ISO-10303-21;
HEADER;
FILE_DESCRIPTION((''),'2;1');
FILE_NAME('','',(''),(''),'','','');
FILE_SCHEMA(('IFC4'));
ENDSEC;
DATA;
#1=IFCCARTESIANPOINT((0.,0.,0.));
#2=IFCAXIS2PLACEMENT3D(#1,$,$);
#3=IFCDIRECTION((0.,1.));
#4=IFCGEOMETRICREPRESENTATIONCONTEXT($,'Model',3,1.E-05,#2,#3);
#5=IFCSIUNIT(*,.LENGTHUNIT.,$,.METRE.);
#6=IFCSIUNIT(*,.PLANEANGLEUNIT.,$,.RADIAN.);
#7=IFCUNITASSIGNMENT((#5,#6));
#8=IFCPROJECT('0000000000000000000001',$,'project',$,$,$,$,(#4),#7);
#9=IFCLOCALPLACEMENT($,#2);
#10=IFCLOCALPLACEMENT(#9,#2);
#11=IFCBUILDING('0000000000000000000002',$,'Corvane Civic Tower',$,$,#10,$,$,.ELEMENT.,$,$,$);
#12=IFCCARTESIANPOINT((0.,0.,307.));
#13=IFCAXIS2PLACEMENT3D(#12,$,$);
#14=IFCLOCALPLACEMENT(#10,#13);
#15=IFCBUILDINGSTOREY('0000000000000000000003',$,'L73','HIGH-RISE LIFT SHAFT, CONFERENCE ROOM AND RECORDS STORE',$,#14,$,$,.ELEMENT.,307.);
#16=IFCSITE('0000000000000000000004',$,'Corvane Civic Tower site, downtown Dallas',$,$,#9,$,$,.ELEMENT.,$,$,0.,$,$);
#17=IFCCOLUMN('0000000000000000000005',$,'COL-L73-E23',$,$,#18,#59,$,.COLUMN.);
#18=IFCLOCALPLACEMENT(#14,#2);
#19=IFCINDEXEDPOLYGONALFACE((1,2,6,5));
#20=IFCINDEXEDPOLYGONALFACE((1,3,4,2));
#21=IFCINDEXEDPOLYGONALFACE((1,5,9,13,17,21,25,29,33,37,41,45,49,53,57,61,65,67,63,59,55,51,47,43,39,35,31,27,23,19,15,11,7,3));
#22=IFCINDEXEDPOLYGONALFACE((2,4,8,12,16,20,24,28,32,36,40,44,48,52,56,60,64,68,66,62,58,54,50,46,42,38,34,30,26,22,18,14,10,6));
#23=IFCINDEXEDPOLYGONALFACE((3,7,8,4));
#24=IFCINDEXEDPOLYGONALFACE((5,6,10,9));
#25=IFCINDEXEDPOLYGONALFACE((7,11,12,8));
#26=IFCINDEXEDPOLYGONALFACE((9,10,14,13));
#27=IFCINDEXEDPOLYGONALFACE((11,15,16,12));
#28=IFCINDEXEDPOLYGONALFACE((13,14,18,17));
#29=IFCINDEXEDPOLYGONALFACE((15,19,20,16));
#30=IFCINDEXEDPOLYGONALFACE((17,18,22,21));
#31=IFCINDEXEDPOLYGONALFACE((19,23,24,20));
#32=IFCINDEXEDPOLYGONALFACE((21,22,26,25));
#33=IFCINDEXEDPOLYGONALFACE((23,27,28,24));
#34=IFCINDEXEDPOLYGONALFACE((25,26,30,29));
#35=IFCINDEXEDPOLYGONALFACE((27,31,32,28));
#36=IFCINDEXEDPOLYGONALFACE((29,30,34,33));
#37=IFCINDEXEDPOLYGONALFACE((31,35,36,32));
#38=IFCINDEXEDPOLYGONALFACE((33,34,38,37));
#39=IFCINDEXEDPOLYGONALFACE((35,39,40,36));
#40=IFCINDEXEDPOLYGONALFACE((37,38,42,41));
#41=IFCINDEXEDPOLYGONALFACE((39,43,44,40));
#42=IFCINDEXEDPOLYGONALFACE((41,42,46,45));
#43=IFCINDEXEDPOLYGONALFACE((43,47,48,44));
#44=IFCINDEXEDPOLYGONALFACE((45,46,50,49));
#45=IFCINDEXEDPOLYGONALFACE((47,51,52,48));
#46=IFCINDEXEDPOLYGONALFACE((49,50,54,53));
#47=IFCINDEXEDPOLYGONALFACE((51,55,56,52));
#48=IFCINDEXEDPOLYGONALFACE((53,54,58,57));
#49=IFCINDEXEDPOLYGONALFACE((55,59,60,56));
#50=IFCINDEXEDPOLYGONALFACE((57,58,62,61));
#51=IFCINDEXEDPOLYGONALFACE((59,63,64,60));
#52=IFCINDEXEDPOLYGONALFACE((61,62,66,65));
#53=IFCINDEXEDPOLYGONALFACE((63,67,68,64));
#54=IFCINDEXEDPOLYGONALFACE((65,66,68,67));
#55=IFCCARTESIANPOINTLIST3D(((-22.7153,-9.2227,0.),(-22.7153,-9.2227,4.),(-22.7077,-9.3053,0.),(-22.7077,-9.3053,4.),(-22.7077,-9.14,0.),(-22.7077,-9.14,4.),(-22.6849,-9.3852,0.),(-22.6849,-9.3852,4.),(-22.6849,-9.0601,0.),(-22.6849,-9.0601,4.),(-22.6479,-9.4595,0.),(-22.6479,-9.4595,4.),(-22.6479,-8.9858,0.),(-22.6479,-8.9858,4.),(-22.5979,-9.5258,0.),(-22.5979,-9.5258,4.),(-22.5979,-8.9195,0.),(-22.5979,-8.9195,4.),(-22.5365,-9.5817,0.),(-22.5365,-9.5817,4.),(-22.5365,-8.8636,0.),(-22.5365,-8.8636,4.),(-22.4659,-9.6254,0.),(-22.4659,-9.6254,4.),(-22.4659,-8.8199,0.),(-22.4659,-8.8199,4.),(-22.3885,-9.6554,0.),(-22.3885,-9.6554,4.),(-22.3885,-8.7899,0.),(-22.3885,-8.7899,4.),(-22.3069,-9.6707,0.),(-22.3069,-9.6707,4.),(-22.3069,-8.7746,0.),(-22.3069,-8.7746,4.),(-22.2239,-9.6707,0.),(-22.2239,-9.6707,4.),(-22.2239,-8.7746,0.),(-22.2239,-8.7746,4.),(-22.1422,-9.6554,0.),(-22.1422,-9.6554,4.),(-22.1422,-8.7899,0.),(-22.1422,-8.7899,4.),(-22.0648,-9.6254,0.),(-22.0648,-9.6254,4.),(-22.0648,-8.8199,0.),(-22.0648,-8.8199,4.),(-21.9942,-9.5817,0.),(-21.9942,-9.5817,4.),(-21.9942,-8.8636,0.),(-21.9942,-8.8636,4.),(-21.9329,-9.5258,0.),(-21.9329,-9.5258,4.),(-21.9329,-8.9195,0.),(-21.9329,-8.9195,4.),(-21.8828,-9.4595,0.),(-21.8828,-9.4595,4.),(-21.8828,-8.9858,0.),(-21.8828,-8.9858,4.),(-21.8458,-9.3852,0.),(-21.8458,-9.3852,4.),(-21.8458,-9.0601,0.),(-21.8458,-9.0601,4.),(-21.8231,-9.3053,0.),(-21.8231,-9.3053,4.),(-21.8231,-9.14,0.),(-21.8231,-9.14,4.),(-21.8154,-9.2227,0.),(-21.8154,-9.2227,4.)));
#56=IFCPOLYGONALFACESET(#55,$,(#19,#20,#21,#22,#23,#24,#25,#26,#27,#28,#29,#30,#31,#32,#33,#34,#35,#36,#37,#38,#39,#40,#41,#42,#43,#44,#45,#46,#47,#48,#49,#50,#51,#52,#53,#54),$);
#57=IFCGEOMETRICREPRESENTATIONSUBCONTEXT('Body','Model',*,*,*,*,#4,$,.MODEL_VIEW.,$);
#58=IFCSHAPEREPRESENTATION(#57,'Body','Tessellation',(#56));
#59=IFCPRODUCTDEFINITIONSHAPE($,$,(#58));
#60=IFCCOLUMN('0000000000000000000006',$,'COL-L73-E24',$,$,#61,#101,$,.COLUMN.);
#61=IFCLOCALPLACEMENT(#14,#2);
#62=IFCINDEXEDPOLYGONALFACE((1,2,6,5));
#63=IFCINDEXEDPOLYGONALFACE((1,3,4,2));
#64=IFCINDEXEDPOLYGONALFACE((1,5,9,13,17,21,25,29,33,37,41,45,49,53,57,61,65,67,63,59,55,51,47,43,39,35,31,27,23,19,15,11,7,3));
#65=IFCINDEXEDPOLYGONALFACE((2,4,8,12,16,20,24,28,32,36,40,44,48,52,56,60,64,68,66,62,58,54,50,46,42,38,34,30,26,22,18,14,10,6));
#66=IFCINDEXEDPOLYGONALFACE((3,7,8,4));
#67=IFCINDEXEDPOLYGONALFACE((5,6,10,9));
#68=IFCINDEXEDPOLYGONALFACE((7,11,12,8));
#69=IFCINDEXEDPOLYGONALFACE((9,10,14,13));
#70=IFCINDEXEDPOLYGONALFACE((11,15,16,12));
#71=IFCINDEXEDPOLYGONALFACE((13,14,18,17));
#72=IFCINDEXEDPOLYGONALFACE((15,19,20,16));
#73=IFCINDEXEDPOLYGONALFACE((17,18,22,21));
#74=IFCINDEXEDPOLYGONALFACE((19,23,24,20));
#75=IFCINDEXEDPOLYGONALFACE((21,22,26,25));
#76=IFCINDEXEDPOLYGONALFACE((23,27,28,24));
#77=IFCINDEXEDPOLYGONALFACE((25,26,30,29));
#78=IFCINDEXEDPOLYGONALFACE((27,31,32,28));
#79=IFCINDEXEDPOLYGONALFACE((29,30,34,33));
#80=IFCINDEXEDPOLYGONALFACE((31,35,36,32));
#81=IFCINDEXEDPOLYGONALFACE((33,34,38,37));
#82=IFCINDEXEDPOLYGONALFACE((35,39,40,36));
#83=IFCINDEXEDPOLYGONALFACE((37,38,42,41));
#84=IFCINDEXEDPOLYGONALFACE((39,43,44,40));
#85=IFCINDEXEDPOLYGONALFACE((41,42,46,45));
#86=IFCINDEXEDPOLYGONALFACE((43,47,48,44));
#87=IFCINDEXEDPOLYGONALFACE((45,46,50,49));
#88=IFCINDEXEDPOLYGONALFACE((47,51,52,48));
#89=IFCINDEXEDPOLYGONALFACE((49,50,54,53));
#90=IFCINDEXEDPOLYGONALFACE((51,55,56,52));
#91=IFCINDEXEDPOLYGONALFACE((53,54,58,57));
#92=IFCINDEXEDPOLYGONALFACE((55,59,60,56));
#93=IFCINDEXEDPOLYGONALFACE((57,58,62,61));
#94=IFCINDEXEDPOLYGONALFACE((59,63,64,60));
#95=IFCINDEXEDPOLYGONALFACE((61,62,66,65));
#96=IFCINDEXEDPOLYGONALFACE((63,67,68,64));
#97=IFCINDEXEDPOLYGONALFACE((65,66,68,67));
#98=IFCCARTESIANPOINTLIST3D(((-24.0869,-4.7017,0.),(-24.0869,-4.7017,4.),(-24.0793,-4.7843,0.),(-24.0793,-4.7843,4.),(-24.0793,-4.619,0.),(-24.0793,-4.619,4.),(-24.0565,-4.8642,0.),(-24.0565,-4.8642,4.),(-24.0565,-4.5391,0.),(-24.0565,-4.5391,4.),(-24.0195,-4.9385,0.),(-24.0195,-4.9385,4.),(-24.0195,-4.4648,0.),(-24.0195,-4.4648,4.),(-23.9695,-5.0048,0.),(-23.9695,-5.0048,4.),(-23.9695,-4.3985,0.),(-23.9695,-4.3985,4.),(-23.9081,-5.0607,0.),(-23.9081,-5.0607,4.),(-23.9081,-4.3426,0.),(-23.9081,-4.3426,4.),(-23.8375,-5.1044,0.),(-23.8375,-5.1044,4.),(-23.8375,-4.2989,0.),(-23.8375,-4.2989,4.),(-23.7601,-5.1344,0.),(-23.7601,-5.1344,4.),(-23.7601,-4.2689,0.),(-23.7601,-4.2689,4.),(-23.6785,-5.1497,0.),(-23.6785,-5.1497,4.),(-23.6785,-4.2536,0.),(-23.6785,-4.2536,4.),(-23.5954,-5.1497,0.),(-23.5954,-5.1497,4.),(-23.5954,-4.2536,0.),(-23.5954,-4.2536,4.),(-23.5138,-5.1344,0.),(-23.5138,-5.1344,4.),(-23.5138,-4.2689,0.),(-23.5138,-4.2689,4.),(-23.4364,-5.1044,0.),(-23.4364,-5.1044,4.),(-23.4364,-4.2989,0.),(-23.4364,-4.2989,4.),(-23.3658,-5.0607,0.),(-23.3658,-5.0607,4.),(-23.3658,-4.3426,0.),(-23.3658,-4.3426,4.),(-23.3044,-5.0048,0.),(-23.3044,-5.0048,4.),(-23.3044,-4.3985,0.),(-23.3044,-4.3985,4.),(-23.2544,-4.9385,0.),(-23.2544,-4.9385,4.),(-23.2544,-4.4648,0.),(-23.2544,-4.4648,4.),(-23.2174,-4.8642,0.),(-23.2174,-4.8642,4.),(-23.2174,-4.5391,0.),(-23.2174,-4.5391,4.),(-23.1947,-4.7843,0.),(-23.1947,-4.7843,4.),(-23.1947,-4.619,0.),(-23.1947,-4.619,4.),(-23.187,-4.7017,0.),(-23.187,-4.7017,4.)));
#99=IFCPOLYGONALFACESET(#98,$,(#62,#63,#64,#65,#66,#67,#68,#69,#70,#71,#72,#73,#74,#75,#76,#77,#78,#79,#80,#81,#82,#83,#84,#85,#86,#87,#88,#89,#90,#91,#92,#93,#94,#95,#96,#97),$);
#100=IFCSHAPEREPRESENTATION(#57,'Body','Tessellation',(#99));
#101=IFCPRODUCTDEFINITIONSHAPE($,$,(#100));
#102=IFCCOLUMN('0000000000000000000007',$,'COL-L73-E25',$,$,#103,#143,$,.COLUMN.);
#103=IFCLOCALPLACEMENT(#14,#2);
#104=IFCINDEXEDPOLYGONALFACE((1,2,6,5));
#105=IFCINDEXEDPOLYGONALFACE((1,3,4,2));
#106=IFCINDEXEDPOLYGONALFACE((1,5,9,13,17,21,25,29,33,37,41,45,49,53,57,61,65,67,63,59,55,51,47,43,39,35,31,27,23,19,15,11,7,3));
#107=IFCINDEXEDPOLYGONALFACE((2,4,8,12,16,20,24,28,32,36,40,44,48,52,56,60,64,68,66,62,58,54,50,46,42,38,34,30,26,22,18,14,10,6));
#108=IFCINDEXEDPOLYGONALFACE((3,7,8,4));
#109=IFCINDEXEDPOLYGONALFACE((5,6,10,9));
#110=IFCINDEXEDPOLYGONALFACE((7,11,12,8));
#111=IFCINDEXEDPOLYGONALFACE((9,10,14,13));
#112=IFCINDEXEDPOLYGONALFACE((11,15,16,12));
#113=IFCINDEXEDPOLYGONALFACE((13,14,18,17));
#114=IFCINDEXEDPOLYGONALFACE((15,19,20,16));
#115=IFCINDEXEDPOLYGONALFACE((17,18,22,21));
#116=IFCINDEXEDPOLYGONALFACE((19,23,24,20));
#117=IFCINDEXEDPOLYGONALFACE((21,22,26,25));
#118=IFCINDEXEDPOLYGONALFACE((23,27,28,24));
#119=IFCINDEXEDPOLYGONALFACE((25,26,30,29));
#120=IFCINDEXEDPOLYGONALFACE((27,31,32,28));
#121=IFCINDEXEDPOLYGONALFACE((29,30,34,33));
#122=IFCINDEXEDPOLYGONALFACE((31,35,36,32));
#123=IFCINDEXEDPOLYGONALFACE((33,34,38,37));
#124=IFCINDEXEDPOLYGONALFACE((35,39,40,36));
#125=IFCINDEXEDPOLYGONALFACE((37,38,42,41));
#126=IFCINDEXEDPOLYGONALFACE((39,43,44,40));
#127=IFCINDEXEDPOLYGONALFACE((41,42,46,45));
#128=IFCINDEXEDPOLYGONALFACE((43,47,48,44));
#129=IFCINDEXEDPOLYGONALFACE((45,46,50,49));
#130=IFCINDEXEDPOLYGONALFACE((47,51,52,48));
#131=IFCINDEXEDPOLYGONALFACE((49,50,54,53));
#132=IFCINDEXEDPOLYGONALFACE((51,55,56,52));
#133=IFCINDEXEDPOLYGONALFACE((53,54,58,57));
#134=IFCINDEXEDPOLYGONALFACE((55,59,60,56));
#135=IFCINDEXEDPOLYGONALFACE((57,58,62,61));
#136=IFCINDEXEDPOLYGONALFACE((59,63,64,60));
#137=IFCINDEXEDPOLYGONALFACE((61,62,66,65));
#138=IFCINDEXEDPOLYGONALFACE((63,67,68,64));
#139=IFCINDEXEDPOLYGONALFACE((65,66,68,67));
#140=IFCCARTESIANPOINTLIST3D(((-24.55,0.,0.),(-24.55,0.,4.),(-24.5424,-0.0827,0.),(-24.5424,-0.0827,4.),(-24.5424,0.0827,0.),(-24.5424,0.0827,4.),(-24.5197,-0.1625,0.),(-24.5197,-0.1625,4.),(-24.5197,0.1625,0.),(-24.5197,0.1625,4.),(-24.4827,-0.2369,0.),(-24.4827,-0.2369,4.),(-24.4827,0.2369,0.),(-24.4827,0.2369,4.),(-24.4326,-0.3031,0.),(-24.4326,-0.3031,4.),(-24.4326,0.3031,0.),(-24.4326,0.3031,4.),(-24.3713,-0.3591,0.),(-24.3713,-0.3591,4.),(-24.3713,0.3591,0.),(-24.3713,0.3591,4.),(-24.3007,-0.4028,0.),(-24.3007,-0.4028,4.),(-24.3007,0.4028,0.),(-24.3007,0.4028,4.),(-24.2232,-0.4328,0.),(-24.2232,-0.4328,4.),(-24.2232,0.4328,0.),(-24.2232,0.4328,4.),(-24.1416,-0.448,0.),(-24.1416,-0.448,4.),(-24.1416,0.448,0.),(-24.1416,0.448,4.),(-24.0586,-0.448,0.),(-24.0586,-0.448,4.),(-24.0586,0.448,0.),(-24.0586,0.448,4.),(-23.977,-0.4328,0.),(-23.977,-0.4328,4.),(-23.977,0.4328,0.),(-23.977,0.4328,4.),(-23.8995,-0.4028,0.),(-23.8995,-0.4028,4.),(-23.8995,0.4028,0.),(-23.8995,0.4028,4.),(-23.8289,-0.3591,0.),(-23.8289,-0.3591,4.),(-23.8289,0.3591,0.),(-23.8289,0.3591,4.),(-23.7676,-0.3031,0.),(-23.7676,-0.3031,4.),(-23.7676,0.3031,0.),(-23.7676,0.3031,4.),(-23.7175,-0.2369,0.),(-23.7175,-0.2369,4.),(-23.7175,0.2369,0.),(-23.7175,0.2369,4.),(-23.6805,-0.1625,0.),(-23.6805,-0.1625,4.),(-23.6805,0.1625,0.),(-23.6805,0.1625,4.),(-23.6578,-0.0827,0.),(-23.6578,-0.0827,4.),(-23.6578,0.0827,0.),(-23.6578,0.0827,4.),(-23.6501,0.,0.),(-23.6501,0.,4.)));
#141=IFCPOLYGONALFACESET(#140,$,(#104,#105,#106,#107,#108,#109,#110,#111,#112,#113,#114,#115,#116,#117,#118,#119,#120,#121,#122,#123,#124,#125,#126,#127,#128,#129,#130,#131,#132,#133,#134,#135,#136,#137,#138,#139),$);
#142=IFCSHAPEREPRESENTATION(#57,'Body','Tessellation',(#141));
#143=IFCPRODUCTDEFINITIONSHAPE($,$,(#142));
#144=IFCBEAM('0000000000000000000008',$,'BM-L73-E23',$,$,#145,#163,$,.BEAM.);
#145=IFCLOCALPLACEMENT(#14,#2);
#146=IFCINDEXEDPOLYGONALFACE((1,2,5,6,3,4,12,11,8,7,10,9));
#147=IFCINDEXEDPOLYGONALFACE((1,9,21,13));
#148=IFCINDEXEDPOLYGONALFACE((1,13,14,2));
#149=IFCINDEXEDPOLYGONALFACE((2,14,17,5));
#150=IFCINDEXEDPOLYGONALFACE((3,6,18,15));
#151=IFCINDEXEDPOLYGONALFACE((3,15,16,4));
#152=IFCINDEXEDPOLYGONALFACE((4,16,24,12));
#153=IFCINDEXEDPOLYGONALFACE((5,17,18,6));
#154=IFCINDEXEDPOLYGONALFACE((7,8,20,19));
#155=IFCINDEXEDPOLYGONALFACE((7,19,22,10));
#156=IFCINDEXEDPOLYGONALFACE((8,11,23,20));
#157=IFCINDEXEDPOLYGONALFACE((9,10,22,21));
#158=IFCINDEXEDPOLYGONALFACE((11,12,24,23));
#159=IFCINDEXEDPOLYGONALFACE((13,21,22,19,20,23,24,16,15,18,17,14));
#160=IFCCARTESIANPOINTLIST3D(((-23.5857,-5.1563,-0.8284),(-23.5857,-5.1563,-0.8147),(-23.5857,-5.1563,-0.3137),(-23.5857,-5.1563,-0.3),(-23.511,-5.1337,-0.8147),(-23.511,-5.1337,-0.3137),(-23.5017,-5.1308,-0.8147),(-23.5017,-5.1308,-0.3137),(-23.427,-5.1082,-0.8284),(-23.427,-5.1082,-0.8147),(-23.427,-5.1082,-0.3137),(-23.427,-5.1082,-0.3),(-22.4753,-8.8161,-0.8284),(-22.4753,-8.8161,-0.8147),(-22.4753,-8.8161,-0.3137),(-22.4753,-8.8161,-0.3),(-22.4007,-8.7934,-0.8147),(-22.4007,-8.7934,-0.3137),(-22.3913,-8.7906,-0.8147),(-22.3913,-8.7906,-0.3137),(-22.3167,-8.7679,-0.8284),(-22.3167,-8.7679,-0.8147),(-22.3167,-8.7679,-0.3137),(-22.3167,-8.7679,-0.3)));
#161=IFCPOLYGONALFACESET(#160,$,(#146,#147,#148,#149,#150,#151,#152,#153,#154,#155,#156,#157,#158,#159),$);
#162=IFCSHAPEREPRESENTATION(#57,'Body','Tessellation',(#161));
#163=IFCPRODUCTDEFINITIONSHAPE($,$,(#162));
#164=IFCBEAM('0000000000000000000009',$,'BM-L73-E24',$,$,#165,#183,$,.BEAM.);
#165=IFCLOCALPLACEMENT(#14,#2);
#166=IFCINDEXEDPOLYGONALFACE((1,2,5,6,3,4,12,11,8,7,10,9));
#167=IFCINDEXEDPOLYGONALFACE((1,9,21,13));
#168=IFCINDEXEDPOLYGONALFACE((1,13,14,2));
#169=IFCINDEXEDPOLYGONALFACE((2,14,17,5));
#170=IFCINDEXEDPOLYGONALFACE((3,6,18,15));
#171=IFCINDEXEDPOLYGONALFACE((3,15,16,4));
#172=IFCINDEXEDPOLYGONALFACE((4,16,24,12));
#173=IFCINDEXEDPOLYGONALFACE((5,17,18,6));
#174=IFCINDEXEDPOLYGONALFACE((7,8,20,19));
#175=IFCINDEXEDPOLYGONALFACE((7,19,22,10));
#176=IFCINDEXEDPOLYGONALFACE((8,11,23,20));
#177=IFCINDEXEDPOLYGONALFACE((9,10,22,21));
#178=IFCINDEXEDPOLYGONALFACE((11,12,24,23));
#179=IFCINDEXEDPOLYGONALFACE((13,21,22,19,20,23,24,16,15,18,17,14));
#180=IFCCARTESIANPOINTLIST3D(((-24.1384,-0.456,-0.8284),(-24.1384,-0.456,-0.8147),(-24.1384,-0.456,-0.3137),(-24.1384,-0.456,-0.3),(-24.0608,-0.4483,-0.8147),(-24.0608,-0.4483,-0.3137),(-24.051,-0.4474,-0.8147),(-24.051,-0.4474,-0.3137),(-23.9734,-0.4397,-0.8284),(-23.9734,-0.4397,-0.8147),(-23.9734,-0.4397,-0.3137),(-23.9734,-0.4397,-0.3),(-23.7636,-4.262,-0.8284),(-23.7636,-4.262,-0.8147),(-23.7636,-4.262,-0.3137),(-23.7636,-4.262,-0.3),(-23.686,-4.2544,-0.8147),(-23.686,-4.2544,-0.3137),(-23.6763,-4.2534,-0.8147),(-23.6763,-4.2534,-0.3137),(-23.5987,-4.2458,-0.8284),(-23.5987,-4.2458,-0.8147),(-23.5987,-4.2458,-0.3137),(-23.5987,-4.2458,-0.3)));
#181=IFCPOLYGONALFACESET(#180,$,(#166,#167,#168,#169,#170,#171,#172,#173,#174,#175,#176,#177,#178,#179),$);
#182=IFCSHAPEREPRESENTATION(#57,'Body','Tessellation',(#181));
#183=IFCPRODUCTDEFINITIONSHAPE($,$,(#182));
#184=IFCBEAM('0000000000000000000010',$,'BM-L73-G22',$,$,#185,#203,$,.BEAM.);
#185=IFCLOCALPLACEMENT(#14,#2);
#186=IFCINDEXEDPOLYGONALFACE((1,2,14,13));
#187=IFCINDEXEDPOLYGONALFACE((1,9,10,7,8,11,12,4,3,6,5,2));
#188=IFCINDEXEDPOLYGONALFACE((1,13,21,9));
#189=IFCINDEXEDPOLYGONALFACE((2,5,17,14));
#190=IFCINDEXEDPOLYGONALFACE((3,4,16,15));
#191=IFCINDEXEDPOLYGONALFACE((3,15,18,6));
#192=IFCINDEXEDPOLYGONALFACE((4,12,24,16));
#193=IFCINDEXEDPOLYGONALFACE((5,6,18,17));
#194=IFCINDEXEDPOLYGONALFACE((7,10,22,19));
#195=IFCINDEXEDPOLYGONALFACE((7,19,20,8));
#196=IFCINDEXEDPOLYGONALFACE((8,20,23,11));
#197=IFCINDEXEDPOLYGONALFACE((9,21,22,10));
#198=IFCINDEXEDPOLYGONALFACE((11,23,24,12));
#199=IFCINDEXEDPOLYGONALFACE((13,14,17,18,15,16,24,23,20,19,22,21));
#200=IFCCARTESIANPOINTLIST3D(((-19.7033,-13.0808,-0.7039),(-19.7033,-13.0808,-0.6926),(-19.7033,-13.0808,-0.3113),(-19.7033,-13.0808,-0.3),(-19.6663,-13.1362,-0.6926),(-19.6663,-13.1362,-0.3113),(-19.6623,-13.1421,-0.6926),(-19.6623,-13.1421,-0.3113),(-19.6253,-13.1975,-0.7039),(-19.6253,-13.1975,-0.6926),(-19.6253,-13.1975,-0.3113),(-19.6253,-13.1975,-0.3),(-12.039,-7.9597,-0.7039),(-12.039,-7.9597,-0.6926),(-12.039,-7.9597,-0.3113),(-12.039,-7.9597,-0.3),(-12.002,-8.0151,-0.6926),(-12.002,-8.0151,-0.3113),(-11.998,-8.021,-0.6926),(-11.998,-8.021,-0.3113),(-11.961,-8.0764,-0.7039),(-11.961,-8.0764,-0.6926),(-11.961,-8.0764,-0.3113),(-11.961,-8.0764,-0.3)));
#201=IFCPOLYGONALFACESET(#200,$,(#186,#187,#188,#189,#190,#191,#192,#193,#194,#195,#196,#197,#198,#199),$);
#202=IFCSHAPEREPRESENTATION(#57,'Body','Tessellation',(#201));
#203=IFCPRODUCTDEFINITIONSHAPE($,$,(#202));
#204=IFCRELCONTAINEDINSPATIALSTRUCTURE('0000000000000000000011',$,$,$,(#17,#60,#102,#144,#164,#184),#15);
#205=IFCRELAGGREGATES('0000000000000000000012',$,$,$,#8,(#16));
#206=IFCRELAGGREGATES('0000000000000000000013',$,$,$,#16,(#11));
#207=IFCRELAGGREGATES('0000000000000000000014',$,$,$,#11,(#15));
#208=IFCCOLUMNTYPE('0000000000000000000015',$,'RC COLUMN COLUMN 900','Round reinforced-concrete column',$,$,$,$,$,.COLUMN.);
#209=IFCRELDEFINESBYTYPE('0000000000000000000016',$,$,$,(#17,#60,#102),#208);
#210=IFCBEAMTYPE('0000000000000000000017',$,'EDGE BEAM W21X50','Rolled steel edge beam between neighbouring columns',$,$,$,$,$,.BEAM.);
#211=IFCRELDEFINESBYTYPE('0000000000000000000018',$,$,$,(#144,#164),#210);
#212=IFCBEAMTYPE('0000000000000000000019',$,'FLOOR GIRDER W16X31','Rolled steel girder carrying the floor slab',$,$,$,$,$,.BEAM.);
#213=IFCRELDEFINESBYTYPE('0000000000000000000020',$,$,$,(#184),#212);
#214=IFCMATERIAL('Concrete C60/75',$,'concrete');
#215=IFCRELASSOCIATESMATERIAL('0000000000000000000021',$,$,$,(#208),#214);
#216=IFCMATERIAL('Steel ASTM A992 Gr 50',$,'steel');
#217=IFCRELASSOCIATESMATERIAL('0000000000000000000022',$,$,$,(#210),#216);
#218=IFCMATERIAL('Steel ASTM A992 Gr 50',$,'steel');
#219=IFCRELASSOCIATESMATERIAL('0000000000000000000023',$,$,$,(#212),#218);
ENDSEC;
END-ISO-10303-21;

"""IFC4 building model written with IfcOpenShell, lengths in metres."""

from ifc_helpers import new_model, si_unit, direction, frame, origin, origin_2d, place, context, subcontext, project, spatial, circle, i_section, extrude, material, material_profile, profile_set, type_object, element, save


model = new_model("IFC4")

# Units and contexts
model_context = context("Model", 3, precision=1e-05, world=origin(), true_north=direction((0.0, 1.0)))
body_context = subcontext(model_context, "Body", "Model", "MODEL_VIEW")
ifc_project = project(units=[si_unit("LENGTHUNIT", "METRE"), si_unit("PLANEANGLEUNIT", "RADIAN")], contexts=[model_context])

# Site, building, storey
site_placement = place(None, origin())
site = spatial("IfcSite", under=ifc_project, at=site_placement, Name="Corvane Civic Tower site, downtown Dallas", CompositionType="ELEMENT", RefElevation=0.0)
building_placement = place(site_placement, origin())
building = spatial("IfcBuilding", under=site, at=building_placement, Name="Corvane Civic Tower", CompositionType="ELEMENT")
storey_placement = place(building_placement, frame((0.0, 0.0, 307.0)))
storey = spatial("IfcBuildingStorey", under=building, at=storey_placement, Name="L73", Description="HIGH-RISE LIFT SHAFT, CONFERENCE ROOM AND RECORDS STORE", CompositionType="ELEMENT", Elevation=307.0)

# Columns
ifc_material_1 = material(Name="Concrete C60/75", Category="concrete")
ifc_material_profile_1 = material_profile(ifc_material_1, circle(Radius=0.45, at=origin_2d()), Name="COLUMN 900")
ifc_profile_set_1 = profile_set([ifc_material_profile_1], Name="Concrete C60/75")
column_type = type_object("IfcColumnType", Name="RC COLUMN COLUMN 900", Description="Round reinforced-concrete column", PredefinedType="COLUMN", material=ifc_profile_set_1)
for number, where, z_axis, x_axis, name in (
    (1, (-22.2654, -9.2227, 0.0), (0.0, 0.0, 1.0), (1.0, 0.0, 0.0), "COL-L73-E23"),
    (2, (-23.637, -4.7017, 0.0), (0.0, 0.0, 1.0), (1.0, 0.0, 0.0), "COL-L73-E24"),
    (3, (-24.1001, 0.0, 0.0), (0.0, 0.0, 1.0), (1.0, 0.0, 0.0), "COL-L73-E25"),
):
    element("IfcColumn", number, at=place(storey_placement, frame(where, z_axis=z_axis, x_axis=x_axis)), inside=storey, type_object=column_type, Name=name, PredefinedType="COLUMN", context=body_context, shape_type="SweptSolid", body=[
        extrude(circle(Radius=0.45, at=origin_2d()), origin(), (0.0, 0.0, 1.0), 4.0),
    ])

# Beams
ifc_material_2 = material(Name="Steel ASTM A992 Gr 50", Category="steel")
ifc_material_profile_2 = material_profile(ifc_material_2, i_section(OverallWidth=0.1658, OverallDepth=0.5283, WebThickness=0.0098, FlangeThickness=0.0137, at=origin_2d()), Name="W21X50")
ifc_profile_set_2 = profile_set([ifc_material_profile_2], Name="Steel ASTM A992 Gr 50")
beam_type_1 = type_object("IfcBeamType", Name="EDGE BEAM W21X50", Description="Rolled steel edge beam between neighbouring columns", PredefinedType="BEAM", material=ifc_profile_set_2)
for number, where, z_axis, x_axis, name in (
    (4, (-22.396, -8.792, -0.5642), (-0.290333, 0.956926, 0.0), (-0.956926, -0.290333, 0.0), "BM-L73-E23"),
    (5, (-23.6812, -4.2539, -0.5642), (-0.097987, 0.995188, 0.0), (-0.995188, -0.097987, 0.0), "BM-L73-E24"),
):
    element("IfcBeam", number, at=place(storey_placement, frame(where, z_axis=z_axis, x_axis=x_axis)), inside=storey, type_object=beam_type_1, Name=name, PredefinedType="BEAM", context=body_context, shape_type="SweptSolid", body=[
        extrude(i_section(OverallWidth=0.1658, OverallDepth=0.5283, WebThickness=0.0098, FlangeThickness=0.0137, at=origin_2d()), origin(), (0.0, 0.0, 1.0), 3.8245),
    ])
ifc_material_3 = material(Name="Steel ASTM A992 Gr 50", Category="steel")
ifc_material_profile_3 = material_profile(ifc_material_3, i_section(OverallWidth=0.1404, OverallDepth=0.4038, WebThickness=0.0071, FlangeThickness=0.0112, at=origin_2d()), Name="W16X31")
ifc_profile_set_3 = profile_set([ifc_material_profile_3], Name="Steel ASTM A992 Gr 50")
beam_type_2 = type_object("IfcBeamType", Name="FLOOR GIRDER W16X31", Description="Rolled steel girder carrying the floor slab", PredefinedType="BEAM", material=ifc_profile_set_3)
beam_1_placement = place(storey_placement, frame((-12.0, -8.0181, -0.502), z_axis=(-0.831471, -0.555568, 0.0), x_axis=(0.555568, -0.831471, 0.0)))
element("IfcBeam", 6, at=beam_1_placement, inside=storey, type_object=beam_type_2, Name="BM-L73-G22", PredefinedType="BEAM", context=body_context, shape_type="SweptSolid", body=[
    extrude(i_section(OverallWidth=0.1404, OverallDepth=0.4038, WebThickness=0.0071, FlangeThickness=0.0112, at=origin_2d()), origin(), (0.0, 0.0, 1.0), 9.2178),
])

save(model, "model.ifc")
